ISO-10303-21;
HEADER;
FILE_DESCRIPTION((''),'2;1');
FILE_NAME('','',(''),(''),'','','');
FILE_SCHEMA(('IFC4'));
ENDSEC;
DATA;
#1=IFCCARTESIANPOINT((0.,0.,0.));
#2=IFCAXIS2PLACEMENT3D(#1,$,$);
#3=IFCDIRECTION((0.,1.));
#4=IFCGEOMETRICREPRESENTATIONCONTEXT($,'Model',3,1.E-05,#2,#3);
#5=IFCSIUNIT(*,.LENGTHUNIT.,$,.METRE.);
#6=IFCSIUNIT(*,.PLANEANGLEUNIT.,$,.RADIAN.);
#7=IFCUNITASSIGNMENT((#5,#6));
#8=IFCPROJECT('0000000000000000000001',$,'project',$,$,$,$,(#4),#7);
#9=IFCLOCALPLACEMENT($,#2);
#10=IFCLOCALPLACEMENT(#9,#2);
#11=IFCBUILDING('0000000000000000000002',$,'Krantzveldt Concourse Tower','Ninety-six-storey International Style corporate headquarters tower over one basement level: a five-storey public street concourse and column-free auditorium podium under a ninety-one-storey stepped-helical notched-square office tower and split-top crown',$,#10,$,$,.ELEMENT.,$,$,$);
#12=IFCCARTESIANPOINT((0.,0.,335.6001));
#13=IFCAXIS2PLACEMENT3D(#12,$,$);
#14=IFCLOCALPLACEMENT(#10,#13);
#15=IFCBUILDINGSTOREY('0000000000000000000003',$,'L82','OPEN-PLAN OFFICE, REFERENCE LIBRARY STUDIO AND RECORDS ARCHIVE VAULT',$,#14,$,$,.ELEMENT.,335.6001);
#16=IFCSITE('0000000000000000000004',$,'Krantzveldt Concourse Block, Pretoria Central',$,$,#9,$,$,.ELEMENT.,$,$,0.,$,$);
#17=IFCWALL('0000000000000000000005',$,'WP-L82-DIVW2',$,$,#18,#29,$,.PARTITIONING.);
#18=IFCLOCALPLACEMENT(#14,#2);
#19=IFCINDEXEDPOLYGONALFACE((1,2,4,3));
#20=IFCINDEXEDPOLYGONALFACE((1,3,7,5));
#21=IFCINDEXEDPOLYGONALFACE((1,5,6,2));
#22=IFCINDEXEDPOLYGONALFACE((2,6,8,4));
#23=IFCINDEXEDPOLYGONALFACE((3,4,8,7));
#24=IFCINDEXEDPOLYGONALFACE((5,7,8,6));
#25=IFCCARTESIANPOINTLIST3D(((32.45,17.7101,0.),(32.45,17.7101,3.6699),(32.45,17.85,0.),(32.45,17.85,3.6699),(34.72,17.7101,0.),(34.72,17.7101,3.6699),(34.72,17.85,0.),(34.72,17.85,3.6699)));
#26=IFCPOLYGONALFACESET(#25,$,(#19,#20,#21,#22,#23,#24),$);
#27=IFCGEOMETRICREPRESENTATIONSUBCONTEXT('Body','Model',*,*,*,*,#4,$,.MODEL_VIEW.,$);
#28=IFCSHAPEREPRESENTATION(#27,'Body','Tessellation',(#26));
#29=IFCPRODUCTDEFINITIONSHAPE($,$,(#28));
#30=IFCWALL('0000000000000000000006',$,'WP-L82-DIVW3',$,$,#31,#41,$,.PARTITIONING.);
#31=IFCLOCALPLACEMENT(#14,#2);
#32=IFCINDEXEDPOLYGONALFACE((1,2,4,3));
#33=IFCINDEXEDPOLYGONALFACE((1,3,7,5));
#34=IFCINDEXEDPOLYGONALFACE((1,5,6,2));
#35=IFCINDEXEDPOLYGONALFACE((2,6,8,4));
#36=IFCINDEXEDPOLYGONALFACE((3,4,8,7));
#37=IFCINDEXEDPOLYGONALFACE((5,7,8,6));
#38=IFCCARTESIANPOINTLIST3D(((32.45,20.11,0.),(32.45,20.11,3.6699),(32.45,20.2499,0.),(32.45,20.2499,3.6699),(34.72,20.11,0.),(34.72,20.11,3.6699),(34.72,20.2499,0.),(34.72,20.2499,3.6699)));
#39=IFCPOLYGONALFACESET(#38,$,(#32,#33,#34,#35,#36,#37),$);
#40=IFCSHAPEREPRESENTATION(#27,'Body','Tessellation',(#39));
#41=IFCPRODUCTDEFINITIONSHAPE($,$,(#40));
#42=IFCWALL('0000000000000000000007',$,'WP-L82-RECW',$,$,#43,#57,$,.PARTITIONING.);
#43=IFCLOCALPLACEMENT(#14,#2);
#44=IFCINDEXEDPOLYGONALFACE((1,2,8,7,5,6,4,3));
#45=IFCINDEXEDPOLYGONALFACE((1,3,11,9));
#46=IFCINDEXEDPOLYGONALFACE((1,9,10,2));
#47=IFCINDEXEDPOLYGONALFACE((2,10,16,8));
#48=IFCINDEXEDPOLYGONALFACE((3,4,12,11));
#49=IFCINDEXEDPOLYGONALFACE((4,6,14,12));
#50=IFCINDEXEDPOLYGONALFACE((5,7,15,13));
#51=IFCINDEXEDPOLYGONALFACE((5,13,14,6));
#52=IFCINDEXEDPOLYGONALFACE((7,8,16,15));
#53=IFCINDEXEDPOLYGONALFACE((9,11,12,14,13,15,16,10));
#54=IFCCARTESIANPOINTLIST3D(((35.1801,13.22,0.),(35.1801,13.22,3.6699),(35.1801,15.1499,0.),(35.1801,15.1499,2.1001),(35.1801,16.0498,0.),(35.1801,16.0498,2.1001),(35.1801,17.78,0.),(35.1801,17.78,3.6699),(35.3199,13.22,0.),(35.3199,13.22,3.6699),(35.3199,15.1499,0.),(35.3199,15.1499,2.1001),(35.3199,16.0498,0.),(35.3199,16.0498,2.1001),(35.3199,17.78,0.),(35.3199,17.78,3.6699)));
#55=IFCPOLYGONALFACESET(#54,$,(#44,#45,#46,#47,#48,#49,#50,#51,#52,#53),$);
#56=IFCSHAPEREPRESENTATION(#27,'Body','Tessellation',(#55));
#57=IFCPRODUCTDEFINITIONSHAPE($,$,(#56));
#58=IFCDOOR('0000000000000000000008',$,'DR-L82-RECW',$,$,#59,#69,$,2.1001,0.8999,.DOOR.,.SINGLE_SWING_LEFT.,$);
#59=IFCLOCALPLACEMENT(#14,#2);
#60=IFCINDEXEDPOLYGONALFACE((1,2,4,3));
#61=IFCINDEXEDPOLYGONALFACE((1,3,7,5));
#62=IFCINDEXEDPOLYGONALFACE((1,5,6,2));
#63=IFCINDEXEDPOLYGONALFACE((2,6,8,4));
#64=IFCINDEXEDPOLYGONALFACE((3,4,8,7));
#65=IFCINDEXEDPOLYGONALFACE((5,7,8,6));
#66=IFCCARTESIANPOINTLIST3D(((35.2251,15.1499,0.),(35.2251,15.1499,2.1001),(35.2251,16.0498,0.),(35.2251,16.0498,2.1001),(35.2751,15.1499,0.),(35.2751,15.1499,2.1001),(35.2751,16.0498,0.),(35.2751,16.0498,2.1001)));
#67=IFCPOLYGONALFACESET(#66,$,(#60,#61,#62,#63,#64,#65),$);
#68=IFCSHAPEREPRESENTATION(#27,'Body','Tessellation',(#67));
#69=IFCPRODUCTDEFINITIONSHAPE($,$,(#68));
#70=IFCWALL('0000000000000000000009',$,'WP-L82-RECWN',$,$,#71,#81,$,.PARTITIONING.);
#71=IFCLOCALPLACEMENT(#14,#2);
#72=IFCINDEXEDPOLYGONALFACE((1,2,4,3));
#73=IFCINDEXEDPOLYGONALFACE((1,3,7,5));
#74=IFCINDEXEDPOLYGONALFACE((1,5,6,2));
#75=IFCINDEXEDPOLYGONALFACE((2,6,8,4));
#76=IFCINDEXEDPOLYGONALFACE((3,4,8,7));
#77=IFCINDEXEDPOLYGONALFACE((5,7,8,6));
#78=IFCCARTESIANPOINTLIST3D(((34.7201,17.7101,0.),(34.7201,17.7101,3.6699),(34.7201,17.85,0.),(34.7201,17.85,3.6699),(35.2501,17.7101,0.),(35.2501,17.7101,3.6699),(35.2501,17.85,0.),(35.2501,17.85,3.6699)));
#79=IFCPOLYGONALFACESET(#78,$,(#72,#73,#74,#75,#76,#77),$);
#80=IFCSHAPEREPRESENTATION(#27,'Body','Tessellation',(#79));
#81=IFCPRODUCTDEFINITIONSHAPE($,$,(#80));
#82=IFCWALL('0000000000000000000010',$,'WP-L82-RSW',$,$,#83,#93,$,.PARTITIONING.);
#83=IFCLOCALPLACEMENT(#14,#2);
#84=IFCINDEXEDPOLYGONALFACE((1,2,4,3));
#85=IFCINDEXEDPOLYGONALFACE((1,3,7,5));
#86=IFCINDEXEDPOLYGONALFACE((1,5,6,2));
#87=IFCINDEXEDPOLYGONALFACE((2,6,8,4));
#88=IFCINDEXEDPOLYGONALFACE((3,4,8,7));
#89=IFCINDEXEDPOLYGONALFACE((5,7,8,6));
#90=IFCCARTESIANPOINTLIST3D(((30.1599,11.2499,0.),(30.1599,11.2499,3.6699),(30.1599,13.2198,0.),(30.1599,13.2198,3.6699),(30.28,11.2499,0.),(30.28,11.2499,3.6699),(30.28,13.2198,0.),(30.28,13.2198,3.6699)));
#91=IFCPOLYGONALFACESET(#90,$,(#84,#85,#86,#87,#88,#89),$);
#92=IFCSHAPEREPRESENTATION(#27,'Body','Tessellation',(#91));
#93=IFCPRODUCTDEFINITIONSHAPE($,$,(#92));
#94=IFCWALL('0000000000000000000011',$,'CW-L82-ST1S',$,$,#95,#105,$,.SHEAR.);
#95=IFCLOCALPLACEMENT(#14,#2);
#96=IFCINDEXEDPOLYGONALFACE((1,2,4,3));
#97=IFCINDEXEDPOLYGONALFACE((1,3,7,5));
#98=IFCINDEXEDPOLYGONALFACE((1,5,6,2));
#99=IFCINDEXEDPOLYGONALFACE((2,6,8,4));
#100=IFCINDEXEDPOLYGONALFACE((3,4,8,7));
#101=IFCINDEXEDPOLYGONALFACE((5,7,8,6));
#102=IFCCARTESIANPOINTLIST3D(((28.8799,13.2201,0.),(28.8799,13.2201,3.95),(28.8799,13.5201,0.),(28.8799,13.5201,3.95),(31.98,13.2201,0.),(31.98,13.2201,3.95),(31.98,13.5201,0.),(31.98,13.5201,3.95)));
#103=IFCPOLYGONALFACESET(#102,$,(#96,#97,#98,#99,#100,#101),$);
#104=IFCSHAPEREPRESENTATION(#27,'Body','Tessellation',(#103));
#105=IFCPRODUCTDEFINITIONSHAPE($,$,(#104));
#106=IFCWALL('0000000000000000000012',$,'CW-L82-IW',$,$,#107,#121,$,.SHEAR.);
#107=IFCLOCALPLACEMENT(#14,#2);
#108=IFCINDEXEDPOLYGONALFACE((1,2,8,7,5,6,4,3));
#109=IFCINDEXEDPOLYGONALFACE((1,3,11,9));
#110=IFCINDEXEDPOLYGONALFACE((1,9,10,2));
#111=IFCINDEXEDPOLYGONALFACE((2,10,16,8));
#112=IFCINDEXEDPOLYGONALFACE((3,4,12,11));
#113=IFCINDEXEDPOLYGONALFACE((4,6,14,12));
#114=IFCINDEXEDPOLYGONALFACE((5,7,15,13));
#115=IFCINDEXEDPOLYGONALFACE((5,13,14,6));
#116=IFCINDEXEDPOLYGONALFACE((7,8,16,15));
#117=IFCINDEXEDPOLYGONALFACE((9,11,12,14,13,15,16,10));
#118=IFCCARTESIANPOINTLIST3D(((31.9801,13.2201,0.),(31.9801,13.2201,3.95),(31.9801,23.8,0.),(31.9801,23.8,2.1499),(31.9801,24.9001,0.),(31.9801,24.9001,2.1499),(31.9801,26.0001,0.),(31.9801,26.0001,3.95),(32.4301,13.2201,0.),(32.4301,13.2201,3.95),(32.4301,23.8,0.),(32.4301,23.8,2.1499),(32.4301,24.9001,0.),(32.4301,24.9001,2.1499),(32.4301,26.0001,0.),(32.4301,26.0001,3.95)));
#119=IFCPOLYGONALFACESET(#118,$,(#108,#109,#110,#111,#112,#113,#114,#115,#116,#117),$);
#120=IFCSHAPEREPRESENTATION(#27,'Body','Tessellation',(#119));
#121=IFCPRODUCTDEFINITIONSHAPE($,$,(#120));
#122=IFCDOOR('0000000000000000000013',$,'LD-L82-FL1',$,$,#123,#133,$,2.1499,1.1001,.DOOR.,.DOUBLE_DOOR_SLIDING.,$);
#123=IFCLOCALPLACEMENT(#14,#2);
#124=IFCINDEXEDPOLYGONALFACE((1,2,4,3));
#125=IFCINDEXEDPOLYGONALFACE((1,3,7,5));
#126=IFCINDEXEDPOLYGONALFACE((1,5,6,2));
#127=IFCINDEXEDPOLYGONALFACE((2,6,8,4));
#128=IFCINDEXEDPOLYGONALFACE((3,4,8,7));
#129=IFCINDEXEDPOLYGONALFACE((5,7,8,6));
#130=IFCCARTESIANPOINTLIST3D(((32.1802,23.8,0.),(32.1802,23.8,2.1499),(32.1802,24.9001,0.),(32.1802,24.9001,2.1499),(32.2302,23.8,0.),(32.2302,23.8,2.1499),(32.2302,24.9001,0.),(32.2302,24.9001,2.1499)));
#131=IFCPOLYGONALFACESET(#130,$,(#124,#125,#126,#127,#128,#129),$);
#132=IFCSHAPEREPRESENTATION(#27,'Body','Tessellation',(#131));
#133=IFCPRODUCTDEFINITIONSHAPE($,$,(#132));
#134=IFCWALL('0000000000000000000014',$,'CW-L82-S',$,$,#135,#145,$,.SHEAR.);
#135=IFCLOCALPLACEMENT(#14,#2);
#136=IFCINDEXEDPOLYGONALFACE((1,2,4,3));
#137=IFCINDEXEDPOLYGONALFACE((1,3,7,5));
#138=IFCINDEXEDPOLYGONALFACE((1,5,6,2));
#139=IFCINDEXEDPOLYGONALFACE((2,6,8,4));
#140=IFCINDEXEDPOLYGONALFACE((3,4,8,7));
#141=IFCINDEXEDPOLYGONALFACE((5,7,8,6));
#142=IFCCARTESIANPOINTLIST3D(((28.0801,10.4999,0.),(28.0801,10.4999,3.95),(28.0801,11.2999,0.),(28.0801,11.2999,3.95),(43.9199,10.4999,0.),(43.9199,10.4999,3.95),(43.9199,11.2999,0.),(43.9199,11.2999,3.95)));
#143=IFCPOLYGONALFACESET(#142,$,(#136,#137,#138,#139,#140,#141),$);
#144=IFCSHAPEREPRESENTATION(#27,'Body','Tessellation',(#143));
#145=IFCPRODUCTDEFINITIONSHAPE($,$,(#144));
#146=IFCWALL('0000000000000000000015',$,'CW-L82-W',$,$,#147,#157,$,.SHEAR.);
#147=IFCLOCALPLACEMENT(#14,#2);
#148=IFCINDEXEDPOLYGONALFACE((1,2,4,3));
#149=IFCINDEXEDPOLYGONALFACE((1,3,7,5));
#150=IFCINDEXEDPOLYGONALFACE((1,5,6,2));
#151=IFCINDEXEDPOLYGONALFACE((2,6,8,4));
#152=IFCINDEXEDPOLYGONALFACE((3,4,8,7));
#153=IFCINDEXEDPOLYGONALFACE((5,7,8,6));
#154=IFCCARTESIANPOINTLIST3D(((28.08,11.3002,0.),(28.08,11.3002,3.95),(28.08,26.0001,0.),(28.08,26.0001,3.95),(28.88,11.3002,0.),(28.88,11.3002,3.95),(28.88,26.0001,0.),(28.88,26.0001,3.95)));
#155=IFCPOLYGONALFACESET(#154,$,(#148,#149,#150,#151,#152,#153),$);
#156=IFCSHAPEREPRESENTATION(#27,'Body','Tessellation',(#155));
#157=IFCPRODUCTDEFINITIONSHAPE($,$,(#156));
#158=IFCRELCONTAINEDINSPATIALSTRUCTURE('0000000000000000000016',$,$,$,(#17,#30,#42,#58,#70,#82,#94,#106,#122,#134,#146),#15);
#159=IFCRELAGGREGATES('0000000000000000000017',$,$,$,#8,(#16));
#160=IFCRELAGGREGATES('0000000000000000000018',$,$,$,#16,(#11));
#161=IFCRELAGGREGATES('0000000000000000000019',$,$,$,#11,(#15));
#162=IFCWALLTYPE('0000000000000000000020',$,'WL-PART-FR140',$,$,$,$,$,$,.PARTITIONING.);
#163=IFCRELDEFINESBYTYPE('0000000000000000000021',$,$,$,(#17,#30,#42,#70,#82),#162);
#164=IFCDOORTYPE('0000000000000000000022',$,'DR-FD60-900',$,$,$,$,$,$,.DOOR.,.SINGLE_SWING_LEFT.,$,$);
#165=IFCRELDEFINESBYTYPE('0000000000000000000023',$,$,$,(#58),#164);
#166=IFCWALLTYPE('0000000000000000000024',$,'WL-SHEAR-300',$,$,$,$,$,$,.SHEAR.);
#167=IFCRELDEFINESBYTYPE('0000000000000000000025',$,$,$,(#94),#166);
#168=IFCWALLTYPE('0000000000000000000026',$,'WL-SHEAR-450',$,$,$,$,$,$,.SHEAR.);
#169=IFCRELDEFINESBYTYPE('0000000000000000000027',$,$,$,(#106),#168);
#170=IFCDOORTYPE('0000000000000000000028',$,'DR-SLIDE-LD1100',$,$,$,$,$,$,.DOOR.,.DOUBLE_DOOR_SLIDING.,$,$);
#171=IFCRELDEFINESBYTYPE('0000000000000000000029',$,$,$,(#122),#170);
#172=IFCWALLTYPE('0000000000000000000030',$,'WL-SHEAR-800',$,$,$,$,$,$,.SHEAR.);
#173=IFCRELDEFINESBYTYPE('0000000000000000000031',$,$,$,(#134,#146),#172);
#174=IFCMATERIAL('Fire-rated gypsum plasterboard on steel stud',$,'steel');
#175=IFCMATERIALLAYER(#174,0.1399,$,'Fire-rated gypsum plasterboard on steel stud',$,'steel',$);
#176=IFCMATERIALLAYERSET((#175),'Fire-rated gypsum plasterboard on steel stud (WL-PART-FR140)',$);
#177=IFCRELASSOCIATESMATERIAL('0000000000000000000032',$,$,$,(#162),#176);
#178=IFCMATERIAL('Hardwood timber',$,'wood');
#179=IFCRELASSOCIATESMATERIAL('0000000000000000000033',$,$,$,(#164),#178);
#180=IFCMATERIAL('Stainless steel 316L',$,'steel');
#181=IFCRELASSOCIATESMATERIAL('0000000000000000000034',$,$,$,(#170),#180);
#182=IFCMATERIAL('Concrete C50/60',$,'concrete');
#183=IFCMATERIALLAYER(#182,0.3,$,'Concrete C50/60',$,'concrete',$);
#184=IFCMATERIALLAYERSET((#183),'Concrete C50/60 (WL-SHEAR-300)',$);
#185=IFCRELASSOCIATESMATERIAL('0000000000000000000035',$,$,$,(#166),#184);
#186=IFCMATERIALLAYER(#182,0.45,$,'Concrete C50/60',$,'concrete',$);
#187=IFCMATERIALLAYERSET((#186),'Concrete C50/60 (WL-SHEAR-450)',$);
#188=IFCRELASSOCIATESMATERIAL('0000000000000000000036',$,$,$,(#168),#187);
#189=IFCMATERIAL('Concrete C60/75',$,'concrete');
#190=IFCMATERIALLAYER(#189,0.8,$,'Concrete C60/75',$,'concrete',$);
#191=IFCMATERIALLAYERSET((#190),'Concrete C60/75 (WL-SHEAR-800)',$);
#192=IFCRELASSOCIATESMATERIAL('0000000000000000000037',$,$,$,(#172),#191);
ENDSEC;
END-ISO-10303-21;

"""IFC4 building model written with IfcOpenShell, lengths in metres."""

from ifc_helpers import new_model, si_unit, direction, frame, frame_2d, origin, place, context, subcontext, project, spatial, rectangle, extrude, material, layer, layer_set, type_object, element, fill, save


model = new_model("IFC4")

# Units and contexts
model_context = context("Model", 3, precision=1e-05, world=origin(), true_north=direction((0.0, 1.0)))
body_context = subcontext(model_context, "Body", "Model", "MODEL_VIEW")
ifc_project = project(units=[si_unit("LENGTHUNIT", "METRE"), si_unit("PLANEANGLEUNIT", "RADIAN")], contexts=[model_context])

# Site, building, storey
site_placement = place(None, origin())
site = spatial("IfcSite", under=ifc_project, at=site_placement, Name="Krantzveldt Concourse Block, Pretoria Central", CompositionType="ELEMENT", RefElevation=0.0)
building_placement = place(site_placement, origin())
building = spatial("IfcBuilding", under=site, at=building_placement, Name="Krantzveldt Concourse Tower", Description="Ninety-six-storey International Style corporate headquarters tower over one basement level: a five-storey public street concourse and column-free auditorium podium under a ninety-one-storey stepped-helical notched-square office tower and split-top crown", CompositionType="ELEMENT")
storey_placement = place(building_placement, frame((0.0, 0.0, 335.6001)))
storey = spatial("IfcBuildingStorey", under=building, at=storey_placement, Name="L82", Description="OPEN-PLAN OFFICE, REFERENCE LIBRARY STUDIO AND RECORDS ARCHIVE VAULT", CompositionType="ELEMENT", Elevation=335.6001)

# Shared definitions
ifc_material_1 = material(Name="Fire-rated gypsum plasterboard on steel stud", Category="steel")
ifc_material_2 = material(Name="Hardwood timber", Category="wood")
ifc_layer_1 = layer(ifc_material_1, 0.1399, Name="Fire-rated gypsum plasterboard on steel stud", Category="steel")
ifc_layer_set_1 = layer_set([ifc_layer_1], Name="Fire-rated gypsum plasterboard on steel stud (WL-PART-FR140)")
wall_type_1 = type_object("IfcWallType", Name="WL-PART-FR140", PredefinedType="PARTITIONING", material=ifc_layer_set_1)
door_type_1 = type_object("IfcDoorType", Name="DR-FD60-900", OperationType="SINGLE_SWING_LEFT", PredefinedType="DOOR", material=ifc_material_2)
ifc_material_3 = material(Name="Stainless steel 316L", Category="steel")
door_type_2 = type_object("IfcDoorType", Name="DR-SLIDE-LD1100", OperationType="DOUBLE_DOOR_SLIDING", PredefinedType="DOOR", material=ifc_material_3)

# Walls
for number, where, z_axis, x_axis, name in (
    (1, (32.45, 17.78, 0.0), (0.0, 0.0, 1.0), (1.0, 0.0, 0.0), "WP-L82-DIVW2"),
    (2, (32.45, 20.1799, 0.0), (0.0, 0.0, 1.0), (1.0, 0.0, 0.0), "WP-L82-DIVW3"),
):
    element("IfcWall", number, at=place(storey_placement, frame(where, z_axis=z_axis, x_axis=x_axis)), inside=storey, type_object=wall_type_1, Name=name, PredefinedType="PARTITIONING", context=body_context, shape_type="SweptSolid", body=[
        extrude(rectangle(XDim=2.27, YDim=0.1399, at=frame_2d((1.135, 0.0))), origin(), (0.0, 0.0, 1.0), 3.6699),
    ])

# Wall, opening, door
wall_1_placement = place(storey_placement, frame((35.25, 13.22, 0.0), z_axis=(0.0, 0.0, 1.0), x_axis=(0.0, 1.0, 0.0)))
wall_1 = element("IfcWall", 3, at=wall_1_placement, inside=storey, type_object=wall_type_1, Name="WP-L82-RECW", PredefinedType="PARTITIONING", context=body_context, shape_type="SweptSolid", body=[
    extrude(rectangle(XDim=4.5601, YDim=0.1399, at=frame_2d((2.28, 0.0))), origin(), (0.0, 0.0, 1.0), 3.6699),
])
opening_1_placement = place(wall_1_placement, frame((1.9299, 0.0, 0.0)))
opening_1 = element("IfcOpeningElement", 4, at=opening_1_placement, cuts=wall_1, PredefinedType="OPENING", context=body_context, shape_type="SweptSolid", body=[
    extrude(rectangle(XDim=0.8999, YDim=2.1001, at=frame_2d((0.45, 1.05))), frame((0.0, 0.0801, 0.0), z_axis=(0.0, -1.0, 0.0), x_axis=(1.0, 0.0, 0.0)), (0.0, 0.0, 1.0), 0.1599),
])
door_1_placement = place(opening_1_placement, origin())
door_1 = element("IfcDoor", 5, at=door_1_placement, inside=storey, type_object=door_type_1, Name="DR-L82-RECW", OperationType="SINGLE_SWING_LEFT", OverallHeight=2.1001, OverallWidth=0.8999, PredefinedType="DOOR", context=body_context, shape_type="SweptSolid", body=[
    extrude(rectangle(XDim=0.8999, YDim=2.1001, at=frame_2d((0.45, 1.05))), frame((0.0, 0.0249, 0.0), z_axis=(0.0, -1.0, 0.0), x_axis=(1.0, 0.0, 0.0)), (0.0, 0.0, 1.0), 0.05),
])
fill(opening_1, door_1)

# Walls
wall_2_placement = place(storey_placement, frame((34.72, 17.78, 0.0), z_axis=(0.0, 0.0, 1.0), x_axis=(1.0, 0.0, 0.0)))
element("IfcWall", 6, at=wall_2_placement, inside=storey, type_object=wall_type_1, Name="WP-L82-RECWN", PredefinedType="PARTITIONING", context=body_context, shape_type="SweptSolid", body=[
    extrude(rectangle(XDim=0.53, YDim=0.1399, at=frame_2d((0.2651, 0.0))), origin(), (0.0, 0.0, 1.0), 3.6699),
])
wall_3_placement = place(storey_placement, frame((30.22, 11.25, 0.0), z_axis=(0.0, 0.0, 1.0), x_axis=(0.0, 1.0, 0.0)))
element("IfcWall", 7, at=wall_3_placement, inside=storey, type_object=wall_type_1, Name="WP-L82-RSW", PredefinedType="PARTITIONING", context=body_context, shape_type="SweptSolid", body=[
    extrude(rectangle(XDim=1.97, YDim=0.1201, at=frame_2d((0.9849, 0.0))), origin(), (0.0, 0.0, 1.0), 3.6699),
])
ifc_material_4 = material(Name="Concrete C50/60", Category="concrete")
ifc_layer_2 = layer(ifc_material_4, 0.3, Name="Concrete C50/60", Category="concrete")
ifc_layer_set_2 = layer_set([ifc_layer_2], Name="Concrete C50/60 (WL-SHEAR-300)")
wall_type_2 = type_object("IfcWallType", Name="WL-SHEAR-300", PredefinedType="SHEAR", material=ifc_layer_set_2)
wall_4_placement = place(storey_placement, frame((28.8799, 13.3701, 0.0), z_axis=(0.0, 0.0, 1.0), x_axis=(1.0, 0.0, 0.0)))
element("IfcWall", 8, at=wall_4_placement, inside=storey, type_object=wall_type_2, Name="CW-L82-ST1S", PredefinedType="SHEAR", context=body_context, shape_type="SweptSolid", body=[
    extrude(rectangle(XDim=3.1001, YDim=0.3, at=frame_2d((1.55, 0.0))), origin(), (0.0, 0.0, 1.0), 3.95),
])

# Wall, opening, door
ifc_layer_3 = layer(ifc_material_4, 0.45, Name="Concrete C50/60", Category="concrete")
ifc_layer_set_3 = layer_set([ifc_layer_3], Name="Concrete C50/60 (WL-SHEAR-450)")
wall_type_3 = type_object("IfcWallType", Name="WL-SHEAR-450", PredefinedType="SHEAR", material=ifc_layer_set_3)
wall_5_placement = place(storey_placement, frame((32.2051, 13.22, 0.0), z_axis=(0.0, 0.0, 1.0), x_axis=(0.0, 1.0, 0.0)))
wall_5 = element("IfcWall", 9, at=wall_5_placement, inside=storey, type_object=wall_type_3, Name="CW-L82-IW", PredefinedType="SHEAR", context=body_context, shape_type="SweptSolid", body=[
    extrude(rectangle(XDim=12.78, YDim=0.45, at=frame_2d((6.3901, 0.0))), origin(), (0.0, 0.0, 1.0), 3.95),
])
opening_2_placement = place(wall_5_placement, frame((10.5801, 0.0, 0.0)))
opening_2 = element("IfcOpeningElement", 10, at=opening_2_placement, cuts=wall_5, PredefinedType="OPENING", context=body_context, shape_type="SweptSolid", body=[
    extrude(rectangle(XDim=1.1001, YDim=2.1499, at=frame_2d((0.55, 1.075))), frame((0.0, 0.2349, 0.0), z_axis=(0.0, -1.0, 0.0), x_axis=(1.0, 0.0, 0.0)), (0.0, 0.0, 1.0), 0.47),
])
door_2_placement = place(opening_2_placement, origin())
door_2 = element("IfcDoor", 11, at=door_2_placement, inside=storey, type_object=door_type_2, Name="LD-L82-FL1", OperationType="DOUBLE_DOOR_SLIDING", OverallHeight=2.1499, OverallWidth=1.1001, PredefinedType="DOOR", context=body_context, shape_type="SweptSolid", body=[
    extrude(rectangle(XDim=1.1001, YDim=2.1499, at=frame_2d((0.55, 1.075))), frame((0.0, 0.0249, 0.0), z_axis=(0.0, -1.0, 0.0), x_axis=(1.0, 0.0, 0.0)), (0.0, 0.0, 1.0), 0.05),
])
fill(opening_2, door_2)

# Walls
ifc_material_5 = material(Name="Concrete C60/75", Category="concrete")
ifc_layer_4 = layer(ifc_material_5, 0.8, Name="Concrete C60/75", Category="concrete")
ifc_layer_set_4 = layer_set([ifc_layer_4], Name="Concrete C60/75 (WL-SHEAR-800)")
wall_type_4 = type_object("IfcWallType", Name="WL-SHEAR-800", PredefinedType="SHEAR", material=ifc_layer_set_4)
wall_6_placement = place(storey_placement, frame((28.0801, 10.8999, 0.0), z_axis=(0.0, 0.0, 1.0), x_axis=(1.0, 0.0, 0.0)))
element("IfcWall", 12, at=wall_6_placement, inside=storey, type_object=wall_type_4, Name="CW-L82-S", PredefinedType="SHEAR", context=body_context, shape_type="SweptSolid", body=[
    extrude(rectangle(XDim=15.8398, YDim=0.8, at=frame_2d((7.9199, 0.0))), origin(), (0.0, 0.0, 1.0), 3.95),
])
wall_7_placement = place(storey_placement, frame((28.48, 11.3, 0.0), z_axis=(0.0, 0.0, 1.0), x_axis=(0.0, 1.0, 0.0)))
element("IfcWall", 13, at=wall_7_placement, inside=storey, type_object=wall_type_4, Name="CW-L82-W", PredefinedType="SHEAR", context=body_context, shape_type="SweptSolid", body=[
    extrude(rectangle(XDim=14.7, YDim=0.8, at=frame_2d((7.3501, 0.0))), origin(), (0.0, 0.0, 1.0), 3.95),
])

save(model, "model.ifc")
